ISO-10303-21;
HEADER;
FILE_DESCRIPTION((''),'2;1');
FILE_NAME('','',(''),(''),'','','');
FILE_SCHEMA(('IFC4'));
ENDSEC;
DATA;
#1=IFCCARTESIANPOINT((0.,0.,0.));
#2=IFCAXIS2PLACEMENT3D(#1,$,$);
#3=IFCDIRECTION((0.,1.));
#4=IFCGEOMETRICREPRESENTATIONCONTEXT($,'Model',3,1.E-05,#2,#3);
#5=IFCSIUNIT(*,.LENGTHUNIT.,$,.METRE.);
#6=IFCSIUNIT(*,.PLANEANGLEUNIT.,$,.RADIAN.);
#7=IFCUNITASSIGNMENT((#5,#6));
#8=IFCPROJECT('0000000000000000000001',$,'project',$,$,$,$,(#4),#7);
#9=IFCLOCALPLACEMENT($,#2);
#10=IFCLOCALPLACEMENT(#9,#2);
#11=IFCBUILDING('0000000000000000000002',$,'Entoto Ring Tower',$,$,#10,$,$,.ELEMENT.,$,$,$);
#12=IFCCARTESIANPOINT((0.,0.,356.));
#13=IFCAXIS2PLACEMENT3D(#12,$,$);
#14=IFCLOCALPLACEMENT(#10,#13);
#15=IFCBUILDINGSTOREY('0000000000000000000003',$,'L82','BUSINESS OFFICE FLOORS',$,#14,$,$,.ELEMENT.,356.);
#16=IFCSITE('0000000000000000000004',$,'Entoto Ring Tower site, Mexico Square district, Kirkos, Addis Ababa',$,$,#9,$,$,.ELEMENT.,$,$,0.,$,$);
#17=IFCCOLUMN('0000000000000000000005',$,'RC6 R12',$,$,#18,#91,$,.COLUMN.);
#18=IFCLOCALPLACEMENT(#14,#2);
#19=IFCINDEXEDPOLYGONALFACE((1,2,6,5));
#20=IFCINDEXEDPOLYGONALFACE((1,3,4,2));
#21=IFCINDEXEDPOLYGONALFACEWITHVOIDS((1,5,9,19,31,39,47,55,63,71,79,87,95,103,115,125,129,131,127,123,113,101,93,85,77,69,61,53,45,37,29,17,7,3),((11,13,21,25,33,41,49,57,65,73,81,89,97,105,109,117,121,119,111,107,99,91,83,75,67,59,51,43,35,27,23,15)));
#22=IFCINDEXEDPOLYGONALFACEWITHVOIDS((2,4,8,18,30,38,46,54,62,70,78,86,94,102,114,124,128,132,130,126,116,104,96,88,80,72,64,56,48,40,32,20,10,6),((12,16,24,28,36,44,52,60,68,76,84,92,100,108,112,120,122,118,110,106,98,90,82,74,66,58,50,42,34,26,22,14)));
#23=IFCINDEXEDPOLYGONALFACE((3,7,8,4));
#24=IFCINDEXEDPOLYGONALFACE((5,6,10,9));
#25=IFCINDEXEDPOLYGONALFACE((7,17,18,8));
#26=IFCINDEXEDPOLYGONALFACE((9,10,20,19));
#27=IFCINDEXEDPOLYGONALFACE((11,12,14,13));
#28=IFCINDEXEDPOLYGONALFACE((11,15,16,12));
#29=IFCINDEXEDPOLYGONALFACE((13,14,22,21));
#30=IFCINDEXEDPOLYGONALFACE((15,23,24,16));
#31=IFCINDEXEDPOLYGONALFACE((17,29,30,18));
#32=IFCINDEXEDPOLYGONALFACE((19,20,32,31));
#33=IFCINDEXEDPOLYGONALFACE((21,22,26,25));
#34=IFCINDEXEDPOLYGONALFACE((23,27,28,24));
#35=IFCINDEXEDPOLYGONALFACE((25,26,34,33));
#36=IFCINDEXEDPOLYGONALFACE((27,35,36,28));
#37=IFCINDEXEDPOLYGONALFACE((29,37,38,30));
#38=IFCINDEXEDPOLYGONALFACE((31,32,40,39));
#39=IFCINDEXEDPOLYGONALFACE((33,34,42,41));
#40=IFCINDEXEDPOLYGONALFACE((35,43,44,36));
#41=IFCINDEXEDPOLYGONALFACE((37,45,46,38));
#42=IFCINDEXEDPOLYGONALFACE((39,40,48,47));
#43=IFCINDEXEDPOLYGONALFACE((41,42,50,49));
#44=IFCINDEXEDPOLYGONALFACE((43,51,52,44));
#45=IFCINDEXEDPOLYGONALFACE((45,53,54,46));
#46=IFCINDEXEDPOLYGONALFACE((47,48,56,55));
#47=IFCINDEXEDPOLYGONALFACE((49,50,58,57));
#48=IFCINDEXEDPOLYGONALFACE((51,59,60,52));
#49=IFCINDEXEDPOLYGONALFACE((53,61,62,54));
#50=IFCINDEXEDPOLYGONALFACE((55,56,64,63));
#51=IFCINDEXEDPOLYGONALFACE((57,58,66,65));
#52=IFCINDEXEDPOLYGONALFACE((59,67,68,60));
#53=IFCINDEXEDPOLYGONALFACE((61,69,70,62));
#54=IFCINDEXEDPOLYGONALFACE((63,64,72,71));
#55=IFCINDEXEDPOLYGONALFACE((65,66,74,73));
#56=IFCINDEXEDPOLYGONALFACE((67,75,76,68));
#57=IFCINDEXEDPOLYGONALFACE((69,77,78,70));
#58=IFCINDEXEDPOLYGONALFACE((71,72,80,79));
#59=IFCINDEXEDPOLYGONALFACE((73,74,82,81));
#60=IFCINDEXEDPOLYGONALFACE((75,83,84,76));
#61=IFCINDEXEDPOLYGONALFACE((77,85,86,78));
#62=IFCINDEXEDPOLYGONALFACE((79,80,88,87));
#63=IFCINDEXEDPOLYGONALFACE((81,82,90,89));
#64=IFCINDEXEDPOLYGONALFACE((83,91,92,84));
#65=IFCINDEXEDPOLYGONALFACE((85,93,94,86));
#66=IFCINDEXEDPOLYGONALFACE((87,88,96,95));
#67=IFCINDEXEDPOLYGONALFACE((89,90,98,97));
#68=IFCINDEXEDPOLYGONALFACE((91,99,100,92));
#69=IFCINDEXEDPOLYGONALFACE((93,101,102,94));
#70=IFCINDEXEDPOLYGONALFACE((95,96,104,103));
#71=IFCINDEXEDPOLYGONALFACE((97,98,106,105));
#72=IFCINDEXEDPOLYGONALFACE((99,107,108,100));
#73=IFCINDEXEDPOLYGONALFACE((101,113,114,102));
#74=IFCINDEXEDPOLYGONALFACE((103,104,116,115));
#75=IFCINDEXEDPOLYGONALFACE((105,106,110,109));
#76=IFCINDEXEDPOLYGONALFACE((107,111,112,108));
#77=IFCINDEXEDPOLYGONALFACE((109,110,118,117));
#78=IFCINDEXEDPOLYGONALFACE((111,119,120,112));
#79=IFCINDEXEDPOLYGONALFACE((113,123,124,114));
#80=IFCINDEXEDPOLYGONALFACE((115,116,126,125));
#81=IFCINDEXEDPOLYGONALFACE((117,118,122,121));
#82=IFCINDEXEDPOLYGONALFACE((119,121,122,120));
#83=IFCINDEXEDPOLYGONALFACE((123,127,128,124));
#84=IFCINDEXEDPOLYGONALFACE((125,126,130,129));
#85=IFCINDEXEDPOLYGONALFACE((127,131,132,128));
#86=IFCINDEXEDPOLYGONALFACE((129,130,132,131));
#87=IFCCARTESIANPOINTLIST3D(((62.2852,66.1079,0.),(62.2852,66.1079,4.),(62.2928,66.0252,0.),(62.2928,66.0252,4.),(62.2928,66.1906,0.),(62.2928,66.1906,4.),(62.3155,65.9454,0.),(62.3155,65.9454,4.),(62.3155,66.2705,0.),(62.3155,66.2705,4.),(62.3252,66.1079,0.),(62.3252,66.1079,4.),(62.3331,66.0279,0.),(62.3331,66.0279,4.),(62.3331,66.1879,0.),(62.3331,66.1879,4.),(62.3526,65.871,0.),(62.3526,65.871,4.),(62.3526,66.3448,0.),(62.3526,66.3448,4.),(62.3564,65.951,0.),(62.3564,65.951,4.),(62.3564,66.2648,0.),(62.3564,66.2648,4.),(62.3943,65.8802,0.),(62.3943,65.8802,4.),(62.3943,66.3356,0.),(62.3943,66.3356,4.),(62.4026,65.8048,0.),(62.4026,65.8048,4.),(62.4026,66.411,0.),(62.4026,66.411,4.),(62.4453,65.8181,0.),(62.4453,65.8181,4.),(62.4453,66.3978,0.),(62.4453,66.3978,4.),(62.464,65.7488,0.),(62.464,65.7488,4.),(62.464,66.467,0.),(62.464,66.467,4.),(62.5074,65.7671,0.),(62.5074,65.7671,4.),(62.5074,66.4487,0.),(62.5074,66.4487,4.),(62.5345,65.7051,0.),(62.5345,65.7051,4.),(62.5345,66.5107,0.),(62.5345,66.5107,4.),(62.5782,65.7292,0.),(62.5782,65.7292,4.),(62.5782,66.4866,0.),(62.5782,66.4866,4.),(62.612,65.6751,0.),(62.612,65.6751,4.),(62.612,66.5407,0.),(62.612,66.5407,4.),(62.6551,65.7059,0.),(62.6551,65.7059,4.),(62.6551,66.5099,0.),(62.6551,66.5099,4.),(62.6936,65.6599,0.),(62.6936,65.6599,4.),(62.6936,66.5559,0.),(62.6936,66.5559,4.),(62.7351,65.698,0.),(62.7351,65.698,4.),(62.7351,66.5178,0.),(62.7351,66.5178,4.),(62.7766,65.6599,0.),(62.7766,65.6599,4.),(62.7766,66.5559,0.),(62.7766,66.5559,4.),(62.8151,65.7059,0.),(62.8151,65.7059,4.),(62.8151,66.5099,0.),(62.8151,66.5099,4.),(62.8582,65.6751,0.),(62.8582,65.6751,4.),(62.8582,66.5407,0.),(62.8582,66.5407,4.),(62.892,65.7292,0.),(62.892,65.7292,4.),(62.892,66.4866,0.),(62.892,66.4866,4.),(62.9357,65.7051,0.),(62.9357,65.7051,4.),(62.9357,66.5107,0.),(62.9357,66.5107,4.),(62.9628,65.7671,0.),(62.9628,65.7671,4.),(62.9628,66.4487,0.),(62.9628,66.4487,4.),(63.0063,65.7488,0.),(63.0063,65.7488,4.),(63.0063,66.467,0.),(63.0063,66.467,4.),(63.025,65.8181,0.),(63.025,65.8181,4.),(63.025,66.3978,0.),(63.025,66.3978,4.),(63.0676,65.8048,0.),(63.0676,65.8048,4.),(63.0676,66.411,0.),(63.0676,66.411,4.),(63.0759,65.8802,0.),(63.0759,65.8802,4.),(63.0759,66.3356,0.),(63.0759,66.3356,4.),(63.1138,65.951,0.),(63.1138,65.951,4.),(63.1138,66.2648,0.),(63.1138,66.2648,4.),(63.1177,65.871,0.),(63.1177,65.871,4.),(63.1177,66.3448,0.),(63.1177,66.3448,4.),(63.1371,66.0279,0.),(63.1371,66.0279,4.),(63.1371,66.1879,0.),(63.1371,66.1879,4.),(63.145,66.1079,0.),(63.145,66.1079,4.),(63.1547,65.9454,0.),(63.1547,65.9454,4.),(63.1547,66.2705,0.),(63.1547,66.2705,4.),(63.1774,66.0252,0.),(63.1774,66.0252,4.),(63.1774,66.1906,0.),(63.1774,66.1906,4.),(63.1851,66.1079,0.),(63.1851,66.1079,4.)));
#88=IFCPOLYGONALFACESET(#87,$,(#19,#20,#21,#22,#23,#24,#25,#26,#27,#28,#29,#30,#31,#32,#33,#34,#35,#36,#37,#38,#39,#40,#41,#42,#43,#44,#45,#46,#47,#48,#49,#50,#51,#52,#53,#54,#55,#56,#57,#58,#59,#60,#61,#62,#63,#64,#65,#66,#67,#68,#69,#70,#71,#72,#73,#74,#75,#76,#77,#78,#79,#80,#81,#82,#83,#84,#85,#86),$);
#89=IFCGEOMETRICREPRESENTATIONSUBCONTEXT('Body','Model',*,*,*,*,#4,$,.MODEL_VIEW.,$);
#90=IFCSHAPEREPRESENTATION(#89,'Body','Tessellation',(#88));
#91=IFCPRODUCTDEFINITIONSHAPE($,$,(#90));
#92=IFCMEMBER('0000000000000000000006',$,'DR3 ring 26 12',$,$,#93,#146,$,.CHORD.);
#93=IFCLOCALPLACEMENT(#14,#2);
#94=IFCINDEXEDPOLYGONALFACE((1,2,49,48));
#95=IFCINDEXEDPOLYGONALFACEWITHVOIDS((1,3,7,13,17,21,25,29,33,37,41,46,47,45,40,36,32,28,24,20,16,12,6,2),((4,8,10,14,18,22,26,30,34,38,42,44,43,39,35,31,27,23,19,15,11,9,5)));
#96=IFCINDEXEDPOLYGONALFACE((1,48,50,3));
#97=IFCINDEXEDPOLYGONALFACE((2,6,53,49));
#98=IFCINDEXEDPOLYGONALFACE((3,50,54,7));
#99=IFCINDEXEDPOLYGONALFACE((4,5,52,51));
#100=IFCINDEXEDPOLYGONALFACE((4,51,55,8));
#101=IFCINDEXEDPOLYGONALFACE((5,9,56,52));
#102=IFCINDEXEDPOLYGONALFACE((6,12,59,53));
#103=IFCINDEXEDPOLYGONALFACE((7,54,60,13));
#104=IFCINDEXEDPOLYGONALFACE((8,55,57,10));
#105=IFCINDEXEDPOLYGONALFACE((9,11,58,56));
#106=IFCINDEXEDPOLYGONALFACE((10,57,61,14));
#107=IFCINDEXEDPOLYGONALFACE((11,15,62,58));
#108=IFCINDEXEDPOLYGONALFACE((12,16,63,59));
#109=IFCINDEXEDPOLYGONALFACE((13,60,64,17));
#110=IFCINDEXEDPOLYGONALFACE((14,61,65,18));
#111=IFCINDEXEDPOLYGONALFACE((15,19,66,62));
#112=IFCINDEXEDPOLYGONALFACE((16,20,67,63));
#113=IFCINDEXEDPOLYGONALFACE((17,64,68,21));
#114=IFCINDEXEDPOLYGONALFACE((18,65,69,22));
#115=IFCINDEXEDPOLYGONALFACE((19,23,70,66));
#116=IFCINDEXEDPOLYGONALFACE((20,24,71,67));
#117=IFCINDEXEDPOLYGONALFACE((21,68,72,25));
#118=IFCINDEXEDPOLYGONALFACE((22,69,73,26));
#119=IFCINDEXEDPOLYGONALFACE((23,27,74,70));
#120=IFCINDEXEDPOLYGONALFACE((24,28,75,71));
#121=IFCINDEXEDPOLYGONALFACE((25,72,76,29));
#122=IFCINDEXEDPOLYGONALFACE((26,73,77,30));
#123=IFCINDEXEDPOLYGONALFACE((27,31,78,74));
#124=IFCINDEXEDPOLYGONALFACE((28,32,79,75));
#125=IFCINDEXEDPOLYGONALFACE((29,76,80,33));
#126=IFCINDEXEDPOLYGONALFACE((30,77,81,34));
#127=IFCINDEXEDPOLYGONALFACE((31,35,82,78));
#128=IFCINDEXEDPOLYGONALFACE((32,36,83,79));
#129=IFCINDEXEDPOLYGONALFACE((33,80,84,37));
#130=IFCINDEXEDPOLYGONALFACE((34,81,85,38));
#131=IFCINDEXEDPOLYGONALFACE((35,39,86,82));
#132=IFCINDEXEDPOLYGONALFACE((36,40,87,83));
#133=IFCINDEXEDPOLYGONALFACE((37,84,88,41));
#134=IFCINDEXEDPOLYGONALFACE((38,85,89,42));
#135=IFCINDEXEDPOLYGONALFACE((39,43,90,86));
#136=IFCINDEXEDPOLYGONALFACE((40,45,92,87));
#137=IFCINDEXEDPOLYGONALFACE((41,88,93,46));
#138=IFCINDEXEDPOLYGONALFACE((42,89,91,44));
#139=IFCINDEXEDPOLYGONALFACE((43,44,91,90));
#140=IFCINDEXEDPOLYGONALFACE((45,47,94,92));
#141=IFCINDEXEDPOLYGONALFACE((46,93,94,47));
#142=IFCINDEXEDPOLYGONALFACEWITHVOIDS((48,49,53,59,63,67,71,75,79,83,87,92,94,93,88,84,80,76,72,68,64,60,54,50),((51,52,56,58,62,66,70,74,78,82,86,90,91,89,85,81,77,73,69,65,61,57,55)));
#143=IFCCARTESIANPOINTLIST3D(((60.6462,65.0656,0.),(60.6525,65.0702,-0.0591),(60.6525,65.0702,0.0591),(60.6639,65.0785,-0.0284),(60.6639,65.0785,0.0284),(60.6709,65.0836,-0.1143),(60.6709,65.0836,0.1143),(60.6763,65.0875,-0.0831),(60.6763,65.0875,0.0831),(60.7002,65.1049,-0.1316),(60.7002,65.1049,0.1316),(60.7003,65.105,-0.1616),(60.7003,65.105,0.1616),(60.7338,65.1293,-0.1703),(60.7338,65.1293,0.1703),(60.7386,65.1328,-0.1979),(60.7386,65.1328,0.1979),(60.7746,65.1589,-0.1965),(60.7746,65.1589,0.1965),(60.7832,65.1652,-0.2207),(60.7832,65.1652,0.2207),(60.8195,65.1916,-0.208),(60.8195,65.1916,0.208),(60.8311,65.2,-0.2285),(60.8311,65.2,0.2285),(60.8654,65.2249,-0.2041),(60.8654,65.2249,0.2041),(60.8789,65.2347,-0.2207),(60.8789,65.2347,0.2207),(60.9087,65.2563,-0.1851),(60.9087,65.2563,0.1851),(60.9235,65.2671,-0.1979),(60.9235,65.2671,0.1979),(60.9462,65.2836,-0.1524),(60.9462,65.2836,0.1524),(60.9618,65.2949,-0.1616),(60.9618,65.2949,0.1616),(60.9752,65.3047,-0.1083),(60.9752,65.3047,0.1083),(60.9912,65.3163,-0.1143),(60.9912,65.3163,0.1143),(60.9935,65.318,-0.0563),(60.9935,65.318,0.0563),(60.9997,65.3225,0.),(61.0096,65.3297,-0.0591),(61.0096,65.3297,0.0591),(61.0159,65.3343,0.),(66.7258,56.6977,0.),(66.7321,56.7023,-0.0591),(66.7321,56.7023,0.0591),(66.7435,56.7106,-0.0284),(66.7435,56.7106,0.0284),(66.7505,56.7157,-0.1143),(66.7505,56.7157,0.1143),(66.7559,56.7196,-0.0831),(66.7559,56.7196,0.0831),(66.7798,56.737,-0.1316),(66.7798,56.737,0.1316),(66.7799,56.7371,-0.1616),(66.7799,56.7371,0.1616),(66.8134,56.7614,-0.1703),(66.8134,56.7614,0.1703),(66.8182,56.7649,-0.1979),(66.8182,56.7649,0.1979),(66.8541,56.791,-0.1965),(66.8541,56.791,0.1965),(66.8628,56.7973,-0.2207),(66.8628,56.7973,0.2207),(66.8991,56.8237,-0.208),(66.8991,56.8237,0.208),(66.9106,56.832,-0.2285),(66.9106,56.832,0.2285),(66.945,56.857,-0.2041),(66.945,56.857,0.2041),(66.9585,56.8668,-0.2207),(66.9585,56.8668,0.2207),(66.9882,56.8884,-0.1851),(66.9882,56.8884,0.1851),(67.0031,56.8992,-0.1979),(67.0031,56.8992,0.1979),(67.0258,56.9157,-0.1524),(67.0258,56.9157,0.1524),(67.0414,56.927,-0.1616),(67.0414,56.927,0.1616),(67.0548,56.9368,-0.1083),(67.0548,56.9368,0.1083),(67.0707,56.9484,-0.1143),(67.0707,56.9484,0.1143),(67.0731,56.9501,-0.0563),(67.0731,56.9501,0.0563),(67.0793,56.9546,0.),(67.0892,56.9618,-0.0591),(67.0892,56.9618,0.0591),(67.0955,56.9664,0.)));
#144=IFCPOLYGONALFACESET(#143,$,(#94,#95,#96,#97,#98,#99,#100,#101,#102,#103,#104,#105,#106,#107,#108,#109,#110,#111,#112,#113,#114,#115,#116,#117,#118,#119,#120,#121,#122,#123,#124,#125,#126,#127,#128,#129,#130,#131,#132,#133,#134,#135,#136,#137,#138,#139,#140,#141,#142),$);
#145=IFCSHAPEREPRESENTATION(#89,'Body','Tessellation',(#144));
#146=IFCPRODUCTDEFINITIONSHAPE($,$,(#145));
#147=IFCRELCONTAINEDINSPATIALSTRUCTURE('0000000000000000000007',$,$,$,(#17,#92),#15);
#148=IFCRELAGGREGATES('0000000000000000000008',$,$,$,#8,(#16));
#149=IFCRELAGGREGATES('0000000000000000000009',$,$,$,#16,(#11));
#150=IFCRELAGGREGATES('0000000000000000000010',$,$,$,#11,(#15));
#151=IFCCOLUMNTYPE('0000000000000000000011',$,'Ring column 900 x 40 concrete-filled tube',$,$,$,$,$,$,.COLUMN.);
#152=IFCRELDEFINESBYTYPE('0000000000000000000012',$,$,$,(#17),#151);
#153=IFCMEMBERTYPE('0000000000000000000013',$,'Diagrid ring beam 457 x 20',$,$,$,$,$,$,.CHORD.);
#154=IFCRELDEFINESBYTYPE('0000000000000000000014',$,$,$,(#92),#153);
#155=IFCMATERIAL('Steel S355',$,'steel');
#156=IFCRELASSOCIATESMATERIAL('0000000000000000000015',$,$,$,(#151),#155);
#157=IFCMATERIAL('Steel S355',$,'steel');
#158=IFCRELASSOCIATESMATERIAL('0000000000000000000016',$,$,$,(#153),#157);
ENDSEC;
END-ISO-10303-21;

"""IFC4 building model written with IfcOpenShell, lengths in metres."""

from ifc_helpers import new_model, si_unit, direction, frame, origin, origin_2d, place, context, subcontext, project, spatial, circle, hollow_circle, extrude, material, material_profile, profile_set, type_object, element, save


model = new_model("IFC4")

# Units and contexts
model_context = context("Model", 3, precision=1e-05, world=origin(), true_north=direction((0.0, 1.0)))
body_context = subcontext(model_context, "Body", "Model", "MODEL_VIEW")
ifc_project = project(units=[si_unit("LENGTHUNIT", "METRE"), si_unit("PLANEANGLEUNIT", "RADIAN")], contexts=[model_context])

# Site, building, storey
site_placement = place(None, origin())
site = spatial("IfcSite", under=ifc_project, at=site_placement, Name="Entoto Ring Tower site, Mexico Square district, Kirkos, Addis Ababa", CompositionType="ELEMENT", RefElevation=0.0)
building_placement = place(site_placement, origin())
building = spatial("IfcBuilding", under=site, at=building_placement, Name="Entoto Ring Tower", CompositionType="ELEMENT")
storey_placement = place(building_placement, frame((0.0, 0.0, 356.0)))
storey = spatial("IfcBuildingStorey", under=building, at=storey_placement, Name="L82", Description="BUSINESS OFFICE FLOORS", CompositionType="ELEMENT", Elevation=356.0)

# Column
ifc_material_1 = material(Name="Steel S355", Category="steel")
ifc_material_profile_1 = material_profile(ifc_material_1, hollow_circle(Radius=0.45, WallThickness=0.04, at=origin_2d()), Name="CHS 900 x 40")
ifc_material_2 = material(Name="Concrete C60/75", Category="concrete")
ifc_material_profile_2 = material_profile(ifc_material_2, circle(Radius=0.4099, at=origin_2d()), Name="Concrete C60/75 infill")
ifc_profile_set_1 = profile_set([ifc_material_profile_1, ifc_material_profile_2], Name="Steel S355")
column_type = type_object("IfcColumnType", Name="Ring column 900 x 40 concrete-filled tube", PredefinedType="COLUMN", material=ifc_profile_set_1)
column_placement = place(storey_placement, frame((62.7351, 66.1079, 0.0), z_axis=(0.0, 0.0, 1.0), x_axis=(1.0, 0.0, 0.0)))
element("IfcColumn", 1, at=column_placement, inside=storey, type_object=column_type, Name="RC6 R12", PredefinedType="COLUMN", context=body_context, shape_type="SweptSolid", body=[
    extrude(hollow_circle(Radius=0.45, WallThickness=0.04, at=origin_2d()), origin(), (0.0, 0.0, 1.0), 4.0),
])

# Member
ifc_material_3 = material(Name="Steel S355", Category="steel")
ifc_material_profile_3 = material_profile(ifc_material_3, hollow_circle(Radius=0.2285, WallThickness=0.02, at=origin_2d()), Name="CHS 457 x 20")
ifc_material_4 = material(Name="Concrete C60/75", Category="concrete")
ifc_material_profile_4 = material_profile(ifc_material_4, circle(Radius=0.2085, at=origin_2d()), Name="Concrete C60/75 infill")
ifc_profile_set_2 = profile_set([ifc_material_profile_3, ifc_material_profile_4], Name="Steel S355")
member_type = type_object("IfcMemberType", Name="Diagrid ring beam 457 x 20", PredefinedType="CHORD", material=ifc_profile_set_2)
member_placement = place(storey_placement, frame((60.8311, 65.2, 0.0), z_axis=(0.587781, -0.80902, 0.0), x_axis=(0.80902, 0.587781, 0.0)))
element("IfcMember", 2, at=member_placement, inside=storey, type_object=member_type, Name="DR3 ring 26 12", PredefinedType="CHORD", context=body_context, shape_type="SweptSolid", body=[
    extrude(hollow_circle(Radius=0.2285, WallThickness=0.02, at=origin_2d()), origin(), (0.0, 0.0, 1.0), 10.3433),
])

save(model, "model.ifc")
